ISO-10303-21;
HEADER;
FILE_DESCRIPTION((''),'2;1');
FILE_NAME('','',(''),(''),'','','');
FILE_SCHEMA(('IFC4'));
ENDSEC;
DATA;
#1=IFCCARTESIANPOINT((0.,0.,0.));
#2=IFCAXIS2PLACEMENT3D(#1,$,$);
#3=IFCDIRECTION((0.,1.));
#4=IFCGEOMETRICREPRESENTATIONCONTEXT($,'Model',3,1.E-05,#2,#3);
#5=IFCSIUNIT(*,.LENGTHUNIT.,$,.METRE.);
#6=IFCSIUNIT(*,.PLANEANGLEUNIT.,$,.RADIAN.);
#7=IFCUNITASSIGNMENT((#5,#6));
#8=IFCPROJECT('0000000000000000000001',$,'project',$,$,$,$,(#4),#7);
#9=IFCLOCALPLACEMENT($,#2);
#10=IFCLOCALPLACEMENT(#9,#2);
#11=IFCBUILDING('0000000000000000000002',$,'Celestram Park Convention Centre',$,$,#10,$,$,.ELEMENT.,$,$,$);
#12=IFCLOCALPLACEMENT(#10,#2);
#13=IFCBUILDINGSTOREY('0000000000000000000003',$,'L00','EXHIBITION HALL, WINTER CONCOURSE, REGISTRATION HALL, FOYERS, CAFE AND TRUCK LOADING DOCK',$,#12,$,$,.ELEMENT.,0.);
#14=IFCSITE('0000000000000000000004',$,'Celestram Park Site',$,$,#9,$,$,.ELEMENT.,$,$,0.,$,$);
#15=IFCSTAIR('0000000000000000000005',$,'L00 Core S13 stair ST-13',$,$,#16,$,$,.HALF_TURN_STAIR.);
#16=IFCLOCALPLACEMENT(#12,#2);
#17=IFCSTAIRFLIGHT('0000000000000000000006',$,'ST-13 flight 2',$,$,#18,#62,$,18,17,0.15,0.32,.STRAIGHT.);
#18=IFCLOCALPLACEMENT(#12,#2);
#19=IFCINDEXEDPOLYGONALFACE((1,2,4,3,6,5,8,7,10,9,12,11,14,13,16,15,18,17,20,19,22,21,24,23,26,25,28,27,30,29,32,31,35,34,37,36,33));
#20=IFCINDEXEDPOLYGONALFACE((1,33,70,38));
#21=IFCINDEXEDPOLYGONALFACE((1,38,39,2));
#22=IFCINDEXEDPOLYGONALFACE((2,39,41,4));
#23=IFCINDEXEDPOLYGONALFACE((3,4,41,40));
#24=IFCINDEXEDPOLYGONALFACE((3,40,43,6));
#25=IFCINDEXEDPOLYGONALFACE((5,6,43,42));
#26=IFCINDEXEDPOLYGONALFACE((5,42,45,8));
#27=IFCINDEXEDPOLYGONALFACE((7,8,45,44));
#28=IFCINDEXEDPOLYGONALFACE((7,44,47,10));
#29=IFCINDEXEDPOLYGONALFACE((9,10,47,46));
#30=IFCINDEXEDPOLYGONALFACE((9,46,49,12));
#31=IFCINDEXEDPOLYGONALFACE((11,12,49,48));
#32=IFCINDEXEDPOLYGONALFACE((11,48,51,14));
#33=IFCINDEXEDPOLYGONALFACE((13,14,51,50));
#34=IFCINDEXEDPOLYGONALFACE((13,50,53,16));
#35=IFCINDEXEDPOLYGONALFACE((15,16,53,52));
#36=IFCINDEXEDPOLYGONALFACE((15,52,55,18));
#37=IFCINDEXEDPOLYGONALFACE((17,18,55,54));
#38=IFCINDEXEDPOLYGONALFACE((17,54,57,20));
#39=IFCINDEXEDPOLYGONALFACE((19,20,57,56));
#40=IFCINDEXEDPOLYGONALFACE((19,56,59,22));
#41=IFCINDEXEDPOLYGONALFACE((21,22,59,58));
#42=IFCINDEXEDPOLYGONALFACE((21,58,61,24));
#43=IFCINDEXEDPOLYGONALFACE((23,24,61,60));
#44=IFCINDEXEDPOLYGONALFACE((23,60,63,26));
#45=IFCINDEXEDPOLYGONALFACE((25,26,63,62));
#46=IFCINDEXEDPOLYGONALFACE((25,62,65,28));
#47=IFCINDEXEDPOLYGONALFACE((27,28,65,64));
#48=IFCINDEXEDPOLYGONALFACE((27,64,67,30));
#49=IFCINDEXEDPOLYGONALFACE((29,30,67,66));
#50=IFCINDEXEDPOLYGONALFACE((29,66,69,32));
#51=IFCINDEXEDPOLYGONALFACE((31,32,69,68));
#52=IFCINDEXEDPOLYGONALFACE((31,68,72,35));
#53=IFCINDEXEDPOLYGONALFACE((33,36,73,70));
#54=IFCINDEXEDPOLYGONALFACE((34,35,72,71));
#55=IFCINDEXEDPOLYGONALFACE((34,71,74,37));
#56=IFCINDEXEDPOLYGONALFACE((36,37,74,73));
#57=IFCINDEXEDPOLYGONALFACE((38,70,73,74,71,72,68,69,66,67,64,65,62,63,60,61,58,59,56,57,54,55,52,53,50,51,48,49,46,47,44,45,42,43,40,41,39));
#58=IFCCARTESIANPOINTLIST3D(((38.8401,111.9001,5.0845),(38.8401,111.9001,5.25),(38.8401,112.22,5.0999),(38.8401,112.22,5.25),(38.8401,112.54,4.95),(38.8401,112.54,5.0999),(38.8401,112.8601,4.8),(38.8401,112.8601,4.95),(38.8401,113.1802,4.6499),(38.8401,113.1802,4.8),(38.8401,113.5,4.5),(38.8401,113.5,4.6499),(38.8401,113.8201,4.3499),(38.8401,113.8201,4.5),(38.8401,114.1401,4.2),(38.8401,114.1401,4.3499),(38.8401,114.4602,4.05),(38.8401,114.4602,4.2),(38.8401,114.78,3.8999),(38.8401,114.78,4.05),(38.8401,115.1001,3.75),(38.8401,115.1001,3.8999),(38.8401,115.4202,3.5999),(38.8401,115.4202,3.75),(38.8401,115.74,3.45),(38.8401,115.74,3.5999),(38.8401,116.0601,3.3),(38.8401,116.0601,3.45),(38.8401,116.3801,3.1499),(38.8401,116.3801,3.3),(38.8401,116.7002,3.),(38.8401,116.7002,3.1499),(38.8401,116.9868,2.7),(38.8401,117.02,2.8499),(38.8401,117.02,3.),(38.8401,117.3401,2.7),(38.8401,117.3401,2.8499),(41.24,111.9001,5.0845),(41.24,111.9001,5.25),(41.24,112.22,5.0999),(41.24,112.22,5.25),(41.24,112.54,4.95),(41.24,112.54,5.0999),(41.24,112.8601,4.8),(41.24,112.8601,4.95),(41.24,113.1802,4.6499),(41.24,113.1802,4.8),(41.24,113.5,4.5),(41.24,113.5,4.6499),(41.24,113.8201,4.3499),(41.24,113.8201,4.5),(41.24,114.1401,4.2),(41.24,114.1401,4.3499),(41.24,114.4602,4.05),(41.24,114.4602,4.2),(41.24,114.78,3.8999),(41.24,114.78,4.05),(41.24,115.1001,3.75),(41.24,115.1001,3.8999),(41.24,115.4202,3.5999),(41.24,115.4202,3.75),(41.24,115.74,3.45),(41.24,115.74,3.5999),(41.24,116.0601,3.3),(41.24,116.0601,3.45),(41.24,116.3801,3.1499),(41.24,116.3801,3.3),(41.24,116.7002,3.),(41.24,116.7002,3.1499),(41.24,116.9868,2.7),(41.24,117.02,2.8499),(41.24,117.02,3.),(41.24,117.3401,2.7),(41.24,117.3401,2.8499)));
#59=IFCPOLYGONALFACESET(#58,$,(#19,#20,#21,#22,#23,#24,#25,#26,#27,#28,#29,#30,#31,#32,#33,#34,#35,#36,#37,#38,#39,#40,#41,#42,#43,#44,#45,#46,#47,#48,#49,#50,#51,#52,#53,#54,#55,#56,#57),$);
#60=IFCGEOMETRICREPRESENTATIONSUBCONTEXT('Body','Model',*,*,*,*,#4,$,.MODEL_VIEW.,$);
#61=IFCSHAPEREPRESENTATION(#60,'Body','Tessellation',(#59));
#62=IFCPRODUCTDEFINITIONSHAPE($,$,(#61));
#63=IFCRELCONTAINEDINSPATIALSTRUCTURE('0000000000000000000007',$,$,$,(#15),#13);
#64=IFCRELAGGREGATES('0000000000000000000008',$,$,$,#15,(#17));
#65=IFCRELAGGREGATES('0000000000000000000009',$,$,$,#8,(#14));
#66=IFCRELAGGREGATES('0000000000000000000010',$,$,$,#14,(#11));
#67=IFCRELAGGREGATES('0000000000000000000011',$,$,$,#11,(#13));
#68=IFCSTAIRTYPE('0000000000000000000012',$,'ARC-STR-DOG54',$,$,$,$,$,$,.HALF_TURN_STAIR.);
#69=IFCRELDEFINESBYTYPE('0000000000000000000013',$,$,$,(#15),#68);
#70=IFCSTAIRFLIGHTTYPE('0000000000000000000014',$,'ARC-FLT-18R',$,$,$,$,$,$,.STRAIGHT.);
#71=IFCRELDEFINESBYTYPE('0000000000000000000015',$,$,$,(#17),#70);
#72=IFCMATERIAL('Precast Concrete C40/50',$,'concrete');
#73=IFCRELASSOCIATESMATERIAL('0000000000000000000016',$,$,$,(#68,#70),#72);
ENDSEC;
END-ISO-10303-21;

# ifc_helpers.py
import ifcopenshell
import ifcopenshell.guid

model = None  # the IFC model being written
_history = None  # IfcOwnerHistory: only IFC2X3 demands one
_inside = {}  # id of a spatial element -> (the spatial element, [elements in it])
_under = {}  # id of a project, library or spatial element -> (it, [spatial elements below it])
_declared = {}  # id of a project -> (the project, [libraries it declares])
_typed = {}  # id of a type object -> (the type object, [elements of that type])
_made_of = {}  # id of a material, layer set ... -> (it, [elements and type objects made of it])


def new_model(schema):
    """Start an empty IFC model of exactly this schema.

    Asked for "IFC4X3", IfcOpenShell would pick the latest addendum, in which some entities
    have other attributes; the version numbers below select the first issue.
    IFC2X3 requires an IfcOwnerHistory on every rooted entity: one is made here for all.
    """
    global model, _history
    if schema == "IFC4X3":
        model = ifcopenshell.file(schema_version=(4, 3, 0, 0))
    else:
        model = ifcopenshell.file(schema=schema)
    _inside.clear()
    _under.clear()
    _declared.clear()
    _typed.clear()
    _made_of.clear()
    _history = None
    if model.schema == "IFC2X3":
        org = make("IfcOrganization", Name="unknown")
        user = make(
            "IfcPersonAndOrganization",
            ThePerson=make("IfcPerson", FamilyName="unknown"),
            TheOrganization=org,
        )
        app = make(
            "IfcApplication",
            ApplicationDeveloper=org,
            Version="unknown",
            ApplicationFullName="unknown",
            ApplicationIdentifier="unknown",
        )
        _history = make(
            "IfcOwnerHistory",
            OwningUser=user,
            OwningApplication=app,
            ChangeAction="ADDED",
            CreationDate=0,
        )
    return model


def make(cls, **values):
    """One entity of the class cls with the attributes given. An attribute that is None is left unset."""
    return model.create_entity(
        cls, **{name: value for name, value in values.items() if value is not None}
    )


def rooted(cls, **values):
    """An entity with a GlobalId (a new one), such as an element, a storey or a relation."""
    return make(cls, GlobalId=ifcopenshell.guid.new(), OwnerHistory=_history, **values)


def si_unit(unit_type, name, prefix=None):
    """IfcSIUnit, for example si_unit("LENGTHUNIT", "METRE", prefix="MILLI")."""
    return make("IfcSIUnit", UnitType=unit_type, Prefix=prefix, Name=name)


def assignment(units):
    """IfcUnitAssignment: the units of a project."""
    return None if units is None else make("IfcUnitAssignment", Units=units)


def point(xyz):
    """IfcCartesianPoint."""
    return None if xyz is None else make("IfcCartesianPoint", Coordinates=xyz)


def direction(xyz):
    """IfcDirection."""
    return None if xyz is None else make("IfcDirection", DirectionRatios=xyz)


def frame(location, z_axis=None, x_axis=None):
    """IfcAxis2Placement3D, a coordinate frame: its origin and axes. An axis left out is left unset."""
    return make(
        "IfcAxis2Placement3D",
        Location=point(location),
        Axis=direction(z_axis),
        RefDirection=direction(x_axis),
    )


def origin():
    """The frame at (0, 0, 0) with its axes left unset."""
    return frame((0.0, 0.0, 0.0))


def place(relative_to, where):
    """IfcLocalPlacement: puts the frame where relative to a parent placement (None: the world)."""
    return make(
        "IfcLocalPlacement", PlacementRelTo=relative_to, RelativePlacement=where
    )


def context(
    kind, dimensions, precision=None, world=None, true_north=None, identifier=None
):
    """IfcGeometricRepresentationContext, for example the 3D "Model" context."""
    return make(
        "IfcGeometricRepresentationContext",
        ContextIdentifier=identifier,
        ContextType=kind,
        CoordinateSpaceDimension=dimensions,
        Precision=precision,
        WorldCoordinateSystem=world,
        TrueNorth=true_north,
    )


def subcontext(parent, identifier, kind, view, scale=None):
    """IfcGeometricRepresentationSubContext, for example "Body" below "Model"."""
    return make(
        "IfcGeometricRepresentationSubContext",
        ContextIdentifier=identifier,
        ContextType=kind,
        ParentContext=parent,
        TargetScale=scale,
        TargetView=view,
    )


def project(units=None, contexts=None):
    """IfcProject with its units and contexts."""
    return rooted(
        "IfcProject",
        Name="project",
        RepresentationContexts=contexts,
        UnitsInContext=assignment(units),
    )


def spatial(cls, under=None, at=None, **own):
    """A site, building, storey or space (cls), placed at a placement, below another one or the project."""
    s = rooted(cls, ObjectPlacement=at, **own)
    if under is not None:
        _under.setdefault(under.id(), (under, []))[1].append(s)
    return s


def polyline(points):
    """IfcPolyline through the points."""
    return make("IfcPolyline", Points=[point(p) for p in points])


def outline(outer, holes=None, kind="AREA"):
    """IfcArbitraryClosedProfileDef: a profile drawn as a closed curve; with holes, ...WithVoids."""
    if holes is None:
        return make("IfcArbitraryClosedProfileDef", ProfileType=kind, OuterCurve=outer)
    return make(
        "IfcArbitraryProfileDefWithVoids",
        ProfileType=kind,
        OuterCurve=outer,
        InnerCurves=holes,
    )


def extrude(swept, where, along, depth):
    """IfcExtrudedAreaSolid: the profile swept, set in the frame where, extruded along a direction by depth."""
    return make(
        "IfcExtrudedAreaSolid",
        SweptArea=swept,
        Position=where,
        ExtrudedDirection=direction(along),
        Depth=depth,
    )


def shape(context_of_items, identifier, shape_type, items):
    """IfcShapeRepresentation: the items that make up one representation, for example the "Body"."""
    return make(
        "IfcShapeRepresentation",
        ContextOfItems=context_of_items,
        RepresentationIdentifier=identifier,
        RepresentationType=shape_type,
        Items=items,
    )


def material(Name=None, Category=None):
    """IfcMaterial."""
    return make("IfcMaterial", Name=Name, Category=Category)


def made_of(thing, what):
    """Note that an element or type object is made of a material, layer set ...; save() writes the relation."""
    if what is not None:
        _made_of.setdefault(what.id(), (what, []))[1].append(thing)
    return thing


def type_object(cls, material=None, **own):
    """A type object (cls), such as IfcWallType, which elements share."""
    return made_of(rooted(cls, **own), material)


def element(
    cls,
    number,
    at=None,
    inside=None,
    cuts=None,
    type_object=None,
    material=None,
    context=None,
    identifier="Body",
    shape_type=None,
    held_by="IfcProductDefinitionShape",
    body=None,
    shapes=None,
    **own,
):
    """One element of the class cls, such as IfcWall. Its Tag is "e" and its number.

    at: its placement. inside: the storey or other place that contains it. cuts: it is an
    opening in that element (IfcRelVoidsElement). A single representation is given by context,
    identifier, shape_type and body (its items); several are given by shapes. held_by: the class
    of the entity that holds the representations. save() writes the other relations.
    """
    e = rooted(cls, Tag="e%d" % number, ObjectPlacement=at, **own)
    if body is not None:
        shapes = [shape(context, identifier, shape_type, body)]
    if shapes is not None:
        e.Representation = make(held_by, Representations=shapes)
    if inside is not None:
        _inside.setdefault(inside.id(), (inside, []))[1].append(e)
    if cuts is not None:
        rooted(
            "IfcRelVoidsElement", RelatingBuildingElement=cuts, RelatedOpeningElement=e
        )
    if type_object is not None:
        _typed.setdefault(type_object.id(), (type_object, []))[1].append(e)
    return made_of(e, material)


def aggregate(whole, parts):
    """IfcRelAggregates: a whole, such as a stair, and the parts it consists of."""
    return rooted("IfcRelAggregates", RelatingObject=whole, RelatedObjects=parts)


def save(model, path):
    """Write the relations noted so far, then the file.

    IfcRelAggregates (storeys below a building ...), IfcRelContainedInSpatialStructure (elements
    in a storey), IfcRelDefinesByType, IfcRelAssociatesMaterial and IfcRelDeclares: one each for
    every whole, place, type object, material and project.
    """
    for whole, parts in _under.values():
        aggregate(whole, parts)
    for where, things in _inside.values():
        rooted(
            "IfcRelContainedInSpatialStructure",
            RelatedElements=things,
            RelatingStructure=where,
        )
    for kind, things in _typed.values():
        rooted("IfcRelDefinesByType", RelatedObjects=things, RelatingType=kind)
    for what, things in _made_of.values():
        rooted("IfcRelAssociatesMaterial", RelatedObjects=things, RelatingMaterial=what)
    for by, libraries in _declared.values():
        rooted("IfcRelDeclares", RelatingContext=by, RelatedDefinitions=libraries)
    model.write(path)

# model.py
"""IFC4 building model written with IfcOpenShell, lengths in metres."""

from ifc_helpers import new_model, si_unit, direction, frame, origin, place, context, subcontext, project, spatial, polyline, outline, extrude, material, type_object, element, aggregate, save


model = new_model("IFC4")

# Units and contexts
model_context = context("Model", 3, precision=1e-05, world=origin(), true_north=direction((0.0, 1.0)))
body_context = subcontext(model_context, "Body", "Model", "MODEL_VIEW")
ifc_project = project(units=[si_unit("LENGTHUNIT", "METRE"), si_unit("PLANEANGLEUNIT", "RADIAN")], contexts=[model_context])

# Site, building, storey
site_placement = place(None, origin())
site = spatial("IfcSite", under=ifc_project, at=site_placement, Name="Celestram Park Site", CompositionType="ELEMENT", RefElevation=0.0)
building_placement = place(site_placement, origin())
building = spatial("IfcBuilding", under=site, at=building_placement, Name="Celestram Park Convention Centre", CompositionType="ELEMENT")
storey_placement = place(building_placement, origin())
storey = spatial("IfcBuildingStorey", under=building, at=storey_placement, Name="L00", Description="EXHIBITION HALL, WINTER CONCOURSE, REGISTRATION HALL, FOYERS, CAFE AND TRUCK LOADING DOCK", CompositionType="ELEMENT", Elevation=0.0)

# Stair, stair flight
ifc_material_1 = material(Name="Precast Concrete C40/50", Category="concrete")
stair_type = type_object("IfcStairType", Name="ARC-STR-DOG54", PredefinedType="HALF_TURN_STAIR", material=ifc_material_1)
stair_placement = place(storey_placement, origin())
stair = element("IfcStair", 1, at=stair_placement, inside=storey, type_object=stair_type, Name="L00 Core S13 stair ST-13", PredefinedType="HALF_TURN_STAIR")
stair_flight_type = type_object("IfcStairFlightType", Name="ARC-FLT-18R", PredefinedType="STRAIGHT", material=ifc_material_1)
stair_flight_1_placement = place(storey_placement, frame((40.04, 117.3401, 2.7), z_axis=(0.0, 0.0, 1.0), x_axis=(0.0, -1.0, 0.0)))
stair_flight_1 = element("IfcStairFlight", 2, at=stair_flight_1_placement, type_object=stair_flight_type, Name="ST-13 flight 2", NumberOfRisers=18, NumberOfTreads=17, PredefinedType="STRAIGHT", RiserHeight=0.15, TreadLength=0.32, context=body_context, shape_type="SweptSolid", body=[
    extrude(outline(polyline([(0.0, 0.0), (0.0, 0.1499), (0.3201, 0.1499), (0.3201, 0.3), (0.6399, 0.3), (0.6399, 0.45), (0.96, 0.45), (0.96, 0.6001), (1.28, 0.6001), (1.28, 0.75), (1.6001, 0.75), (1.6001, 0.8999), (1.9199, 0.8999), (1.9199, 1.05), (2.24, 1.05), (2.24, 1.2), (2.5601, 1.2), (2.5601, 1.3501), (2.8799, 1.3501), (2.8799, 1.5), (3.2, 1.5), (3.2, 1.6499), (3.52, 1.6499), (3.52, 1.8), (3.8401, 1.8), (3.8401, 1.95), (4.1599, 1.95), (4.1599, 2.1001), (4.48, 2.1001), (4.48, 2.25), (4.8, 2.25), (4.8, 2.3999), (5.1201, 2.3999), (5.1201, 2.55), (5.4399, 2.55), (5.4399, 2.7), (5.4399, 2.3845), (0.3533, 0.0), (0.0, 0.0)])), frame((0.0, 1.2, 0.0), z_axis=(0.0, -1.0, 0.0), x_axis=(1.0, 0.0, 0.0)), (0.0, 0.0, 1.0), 2.3999),
])
aggregate(stair, [stair_flight_1])

save(model, "model.ifc")
